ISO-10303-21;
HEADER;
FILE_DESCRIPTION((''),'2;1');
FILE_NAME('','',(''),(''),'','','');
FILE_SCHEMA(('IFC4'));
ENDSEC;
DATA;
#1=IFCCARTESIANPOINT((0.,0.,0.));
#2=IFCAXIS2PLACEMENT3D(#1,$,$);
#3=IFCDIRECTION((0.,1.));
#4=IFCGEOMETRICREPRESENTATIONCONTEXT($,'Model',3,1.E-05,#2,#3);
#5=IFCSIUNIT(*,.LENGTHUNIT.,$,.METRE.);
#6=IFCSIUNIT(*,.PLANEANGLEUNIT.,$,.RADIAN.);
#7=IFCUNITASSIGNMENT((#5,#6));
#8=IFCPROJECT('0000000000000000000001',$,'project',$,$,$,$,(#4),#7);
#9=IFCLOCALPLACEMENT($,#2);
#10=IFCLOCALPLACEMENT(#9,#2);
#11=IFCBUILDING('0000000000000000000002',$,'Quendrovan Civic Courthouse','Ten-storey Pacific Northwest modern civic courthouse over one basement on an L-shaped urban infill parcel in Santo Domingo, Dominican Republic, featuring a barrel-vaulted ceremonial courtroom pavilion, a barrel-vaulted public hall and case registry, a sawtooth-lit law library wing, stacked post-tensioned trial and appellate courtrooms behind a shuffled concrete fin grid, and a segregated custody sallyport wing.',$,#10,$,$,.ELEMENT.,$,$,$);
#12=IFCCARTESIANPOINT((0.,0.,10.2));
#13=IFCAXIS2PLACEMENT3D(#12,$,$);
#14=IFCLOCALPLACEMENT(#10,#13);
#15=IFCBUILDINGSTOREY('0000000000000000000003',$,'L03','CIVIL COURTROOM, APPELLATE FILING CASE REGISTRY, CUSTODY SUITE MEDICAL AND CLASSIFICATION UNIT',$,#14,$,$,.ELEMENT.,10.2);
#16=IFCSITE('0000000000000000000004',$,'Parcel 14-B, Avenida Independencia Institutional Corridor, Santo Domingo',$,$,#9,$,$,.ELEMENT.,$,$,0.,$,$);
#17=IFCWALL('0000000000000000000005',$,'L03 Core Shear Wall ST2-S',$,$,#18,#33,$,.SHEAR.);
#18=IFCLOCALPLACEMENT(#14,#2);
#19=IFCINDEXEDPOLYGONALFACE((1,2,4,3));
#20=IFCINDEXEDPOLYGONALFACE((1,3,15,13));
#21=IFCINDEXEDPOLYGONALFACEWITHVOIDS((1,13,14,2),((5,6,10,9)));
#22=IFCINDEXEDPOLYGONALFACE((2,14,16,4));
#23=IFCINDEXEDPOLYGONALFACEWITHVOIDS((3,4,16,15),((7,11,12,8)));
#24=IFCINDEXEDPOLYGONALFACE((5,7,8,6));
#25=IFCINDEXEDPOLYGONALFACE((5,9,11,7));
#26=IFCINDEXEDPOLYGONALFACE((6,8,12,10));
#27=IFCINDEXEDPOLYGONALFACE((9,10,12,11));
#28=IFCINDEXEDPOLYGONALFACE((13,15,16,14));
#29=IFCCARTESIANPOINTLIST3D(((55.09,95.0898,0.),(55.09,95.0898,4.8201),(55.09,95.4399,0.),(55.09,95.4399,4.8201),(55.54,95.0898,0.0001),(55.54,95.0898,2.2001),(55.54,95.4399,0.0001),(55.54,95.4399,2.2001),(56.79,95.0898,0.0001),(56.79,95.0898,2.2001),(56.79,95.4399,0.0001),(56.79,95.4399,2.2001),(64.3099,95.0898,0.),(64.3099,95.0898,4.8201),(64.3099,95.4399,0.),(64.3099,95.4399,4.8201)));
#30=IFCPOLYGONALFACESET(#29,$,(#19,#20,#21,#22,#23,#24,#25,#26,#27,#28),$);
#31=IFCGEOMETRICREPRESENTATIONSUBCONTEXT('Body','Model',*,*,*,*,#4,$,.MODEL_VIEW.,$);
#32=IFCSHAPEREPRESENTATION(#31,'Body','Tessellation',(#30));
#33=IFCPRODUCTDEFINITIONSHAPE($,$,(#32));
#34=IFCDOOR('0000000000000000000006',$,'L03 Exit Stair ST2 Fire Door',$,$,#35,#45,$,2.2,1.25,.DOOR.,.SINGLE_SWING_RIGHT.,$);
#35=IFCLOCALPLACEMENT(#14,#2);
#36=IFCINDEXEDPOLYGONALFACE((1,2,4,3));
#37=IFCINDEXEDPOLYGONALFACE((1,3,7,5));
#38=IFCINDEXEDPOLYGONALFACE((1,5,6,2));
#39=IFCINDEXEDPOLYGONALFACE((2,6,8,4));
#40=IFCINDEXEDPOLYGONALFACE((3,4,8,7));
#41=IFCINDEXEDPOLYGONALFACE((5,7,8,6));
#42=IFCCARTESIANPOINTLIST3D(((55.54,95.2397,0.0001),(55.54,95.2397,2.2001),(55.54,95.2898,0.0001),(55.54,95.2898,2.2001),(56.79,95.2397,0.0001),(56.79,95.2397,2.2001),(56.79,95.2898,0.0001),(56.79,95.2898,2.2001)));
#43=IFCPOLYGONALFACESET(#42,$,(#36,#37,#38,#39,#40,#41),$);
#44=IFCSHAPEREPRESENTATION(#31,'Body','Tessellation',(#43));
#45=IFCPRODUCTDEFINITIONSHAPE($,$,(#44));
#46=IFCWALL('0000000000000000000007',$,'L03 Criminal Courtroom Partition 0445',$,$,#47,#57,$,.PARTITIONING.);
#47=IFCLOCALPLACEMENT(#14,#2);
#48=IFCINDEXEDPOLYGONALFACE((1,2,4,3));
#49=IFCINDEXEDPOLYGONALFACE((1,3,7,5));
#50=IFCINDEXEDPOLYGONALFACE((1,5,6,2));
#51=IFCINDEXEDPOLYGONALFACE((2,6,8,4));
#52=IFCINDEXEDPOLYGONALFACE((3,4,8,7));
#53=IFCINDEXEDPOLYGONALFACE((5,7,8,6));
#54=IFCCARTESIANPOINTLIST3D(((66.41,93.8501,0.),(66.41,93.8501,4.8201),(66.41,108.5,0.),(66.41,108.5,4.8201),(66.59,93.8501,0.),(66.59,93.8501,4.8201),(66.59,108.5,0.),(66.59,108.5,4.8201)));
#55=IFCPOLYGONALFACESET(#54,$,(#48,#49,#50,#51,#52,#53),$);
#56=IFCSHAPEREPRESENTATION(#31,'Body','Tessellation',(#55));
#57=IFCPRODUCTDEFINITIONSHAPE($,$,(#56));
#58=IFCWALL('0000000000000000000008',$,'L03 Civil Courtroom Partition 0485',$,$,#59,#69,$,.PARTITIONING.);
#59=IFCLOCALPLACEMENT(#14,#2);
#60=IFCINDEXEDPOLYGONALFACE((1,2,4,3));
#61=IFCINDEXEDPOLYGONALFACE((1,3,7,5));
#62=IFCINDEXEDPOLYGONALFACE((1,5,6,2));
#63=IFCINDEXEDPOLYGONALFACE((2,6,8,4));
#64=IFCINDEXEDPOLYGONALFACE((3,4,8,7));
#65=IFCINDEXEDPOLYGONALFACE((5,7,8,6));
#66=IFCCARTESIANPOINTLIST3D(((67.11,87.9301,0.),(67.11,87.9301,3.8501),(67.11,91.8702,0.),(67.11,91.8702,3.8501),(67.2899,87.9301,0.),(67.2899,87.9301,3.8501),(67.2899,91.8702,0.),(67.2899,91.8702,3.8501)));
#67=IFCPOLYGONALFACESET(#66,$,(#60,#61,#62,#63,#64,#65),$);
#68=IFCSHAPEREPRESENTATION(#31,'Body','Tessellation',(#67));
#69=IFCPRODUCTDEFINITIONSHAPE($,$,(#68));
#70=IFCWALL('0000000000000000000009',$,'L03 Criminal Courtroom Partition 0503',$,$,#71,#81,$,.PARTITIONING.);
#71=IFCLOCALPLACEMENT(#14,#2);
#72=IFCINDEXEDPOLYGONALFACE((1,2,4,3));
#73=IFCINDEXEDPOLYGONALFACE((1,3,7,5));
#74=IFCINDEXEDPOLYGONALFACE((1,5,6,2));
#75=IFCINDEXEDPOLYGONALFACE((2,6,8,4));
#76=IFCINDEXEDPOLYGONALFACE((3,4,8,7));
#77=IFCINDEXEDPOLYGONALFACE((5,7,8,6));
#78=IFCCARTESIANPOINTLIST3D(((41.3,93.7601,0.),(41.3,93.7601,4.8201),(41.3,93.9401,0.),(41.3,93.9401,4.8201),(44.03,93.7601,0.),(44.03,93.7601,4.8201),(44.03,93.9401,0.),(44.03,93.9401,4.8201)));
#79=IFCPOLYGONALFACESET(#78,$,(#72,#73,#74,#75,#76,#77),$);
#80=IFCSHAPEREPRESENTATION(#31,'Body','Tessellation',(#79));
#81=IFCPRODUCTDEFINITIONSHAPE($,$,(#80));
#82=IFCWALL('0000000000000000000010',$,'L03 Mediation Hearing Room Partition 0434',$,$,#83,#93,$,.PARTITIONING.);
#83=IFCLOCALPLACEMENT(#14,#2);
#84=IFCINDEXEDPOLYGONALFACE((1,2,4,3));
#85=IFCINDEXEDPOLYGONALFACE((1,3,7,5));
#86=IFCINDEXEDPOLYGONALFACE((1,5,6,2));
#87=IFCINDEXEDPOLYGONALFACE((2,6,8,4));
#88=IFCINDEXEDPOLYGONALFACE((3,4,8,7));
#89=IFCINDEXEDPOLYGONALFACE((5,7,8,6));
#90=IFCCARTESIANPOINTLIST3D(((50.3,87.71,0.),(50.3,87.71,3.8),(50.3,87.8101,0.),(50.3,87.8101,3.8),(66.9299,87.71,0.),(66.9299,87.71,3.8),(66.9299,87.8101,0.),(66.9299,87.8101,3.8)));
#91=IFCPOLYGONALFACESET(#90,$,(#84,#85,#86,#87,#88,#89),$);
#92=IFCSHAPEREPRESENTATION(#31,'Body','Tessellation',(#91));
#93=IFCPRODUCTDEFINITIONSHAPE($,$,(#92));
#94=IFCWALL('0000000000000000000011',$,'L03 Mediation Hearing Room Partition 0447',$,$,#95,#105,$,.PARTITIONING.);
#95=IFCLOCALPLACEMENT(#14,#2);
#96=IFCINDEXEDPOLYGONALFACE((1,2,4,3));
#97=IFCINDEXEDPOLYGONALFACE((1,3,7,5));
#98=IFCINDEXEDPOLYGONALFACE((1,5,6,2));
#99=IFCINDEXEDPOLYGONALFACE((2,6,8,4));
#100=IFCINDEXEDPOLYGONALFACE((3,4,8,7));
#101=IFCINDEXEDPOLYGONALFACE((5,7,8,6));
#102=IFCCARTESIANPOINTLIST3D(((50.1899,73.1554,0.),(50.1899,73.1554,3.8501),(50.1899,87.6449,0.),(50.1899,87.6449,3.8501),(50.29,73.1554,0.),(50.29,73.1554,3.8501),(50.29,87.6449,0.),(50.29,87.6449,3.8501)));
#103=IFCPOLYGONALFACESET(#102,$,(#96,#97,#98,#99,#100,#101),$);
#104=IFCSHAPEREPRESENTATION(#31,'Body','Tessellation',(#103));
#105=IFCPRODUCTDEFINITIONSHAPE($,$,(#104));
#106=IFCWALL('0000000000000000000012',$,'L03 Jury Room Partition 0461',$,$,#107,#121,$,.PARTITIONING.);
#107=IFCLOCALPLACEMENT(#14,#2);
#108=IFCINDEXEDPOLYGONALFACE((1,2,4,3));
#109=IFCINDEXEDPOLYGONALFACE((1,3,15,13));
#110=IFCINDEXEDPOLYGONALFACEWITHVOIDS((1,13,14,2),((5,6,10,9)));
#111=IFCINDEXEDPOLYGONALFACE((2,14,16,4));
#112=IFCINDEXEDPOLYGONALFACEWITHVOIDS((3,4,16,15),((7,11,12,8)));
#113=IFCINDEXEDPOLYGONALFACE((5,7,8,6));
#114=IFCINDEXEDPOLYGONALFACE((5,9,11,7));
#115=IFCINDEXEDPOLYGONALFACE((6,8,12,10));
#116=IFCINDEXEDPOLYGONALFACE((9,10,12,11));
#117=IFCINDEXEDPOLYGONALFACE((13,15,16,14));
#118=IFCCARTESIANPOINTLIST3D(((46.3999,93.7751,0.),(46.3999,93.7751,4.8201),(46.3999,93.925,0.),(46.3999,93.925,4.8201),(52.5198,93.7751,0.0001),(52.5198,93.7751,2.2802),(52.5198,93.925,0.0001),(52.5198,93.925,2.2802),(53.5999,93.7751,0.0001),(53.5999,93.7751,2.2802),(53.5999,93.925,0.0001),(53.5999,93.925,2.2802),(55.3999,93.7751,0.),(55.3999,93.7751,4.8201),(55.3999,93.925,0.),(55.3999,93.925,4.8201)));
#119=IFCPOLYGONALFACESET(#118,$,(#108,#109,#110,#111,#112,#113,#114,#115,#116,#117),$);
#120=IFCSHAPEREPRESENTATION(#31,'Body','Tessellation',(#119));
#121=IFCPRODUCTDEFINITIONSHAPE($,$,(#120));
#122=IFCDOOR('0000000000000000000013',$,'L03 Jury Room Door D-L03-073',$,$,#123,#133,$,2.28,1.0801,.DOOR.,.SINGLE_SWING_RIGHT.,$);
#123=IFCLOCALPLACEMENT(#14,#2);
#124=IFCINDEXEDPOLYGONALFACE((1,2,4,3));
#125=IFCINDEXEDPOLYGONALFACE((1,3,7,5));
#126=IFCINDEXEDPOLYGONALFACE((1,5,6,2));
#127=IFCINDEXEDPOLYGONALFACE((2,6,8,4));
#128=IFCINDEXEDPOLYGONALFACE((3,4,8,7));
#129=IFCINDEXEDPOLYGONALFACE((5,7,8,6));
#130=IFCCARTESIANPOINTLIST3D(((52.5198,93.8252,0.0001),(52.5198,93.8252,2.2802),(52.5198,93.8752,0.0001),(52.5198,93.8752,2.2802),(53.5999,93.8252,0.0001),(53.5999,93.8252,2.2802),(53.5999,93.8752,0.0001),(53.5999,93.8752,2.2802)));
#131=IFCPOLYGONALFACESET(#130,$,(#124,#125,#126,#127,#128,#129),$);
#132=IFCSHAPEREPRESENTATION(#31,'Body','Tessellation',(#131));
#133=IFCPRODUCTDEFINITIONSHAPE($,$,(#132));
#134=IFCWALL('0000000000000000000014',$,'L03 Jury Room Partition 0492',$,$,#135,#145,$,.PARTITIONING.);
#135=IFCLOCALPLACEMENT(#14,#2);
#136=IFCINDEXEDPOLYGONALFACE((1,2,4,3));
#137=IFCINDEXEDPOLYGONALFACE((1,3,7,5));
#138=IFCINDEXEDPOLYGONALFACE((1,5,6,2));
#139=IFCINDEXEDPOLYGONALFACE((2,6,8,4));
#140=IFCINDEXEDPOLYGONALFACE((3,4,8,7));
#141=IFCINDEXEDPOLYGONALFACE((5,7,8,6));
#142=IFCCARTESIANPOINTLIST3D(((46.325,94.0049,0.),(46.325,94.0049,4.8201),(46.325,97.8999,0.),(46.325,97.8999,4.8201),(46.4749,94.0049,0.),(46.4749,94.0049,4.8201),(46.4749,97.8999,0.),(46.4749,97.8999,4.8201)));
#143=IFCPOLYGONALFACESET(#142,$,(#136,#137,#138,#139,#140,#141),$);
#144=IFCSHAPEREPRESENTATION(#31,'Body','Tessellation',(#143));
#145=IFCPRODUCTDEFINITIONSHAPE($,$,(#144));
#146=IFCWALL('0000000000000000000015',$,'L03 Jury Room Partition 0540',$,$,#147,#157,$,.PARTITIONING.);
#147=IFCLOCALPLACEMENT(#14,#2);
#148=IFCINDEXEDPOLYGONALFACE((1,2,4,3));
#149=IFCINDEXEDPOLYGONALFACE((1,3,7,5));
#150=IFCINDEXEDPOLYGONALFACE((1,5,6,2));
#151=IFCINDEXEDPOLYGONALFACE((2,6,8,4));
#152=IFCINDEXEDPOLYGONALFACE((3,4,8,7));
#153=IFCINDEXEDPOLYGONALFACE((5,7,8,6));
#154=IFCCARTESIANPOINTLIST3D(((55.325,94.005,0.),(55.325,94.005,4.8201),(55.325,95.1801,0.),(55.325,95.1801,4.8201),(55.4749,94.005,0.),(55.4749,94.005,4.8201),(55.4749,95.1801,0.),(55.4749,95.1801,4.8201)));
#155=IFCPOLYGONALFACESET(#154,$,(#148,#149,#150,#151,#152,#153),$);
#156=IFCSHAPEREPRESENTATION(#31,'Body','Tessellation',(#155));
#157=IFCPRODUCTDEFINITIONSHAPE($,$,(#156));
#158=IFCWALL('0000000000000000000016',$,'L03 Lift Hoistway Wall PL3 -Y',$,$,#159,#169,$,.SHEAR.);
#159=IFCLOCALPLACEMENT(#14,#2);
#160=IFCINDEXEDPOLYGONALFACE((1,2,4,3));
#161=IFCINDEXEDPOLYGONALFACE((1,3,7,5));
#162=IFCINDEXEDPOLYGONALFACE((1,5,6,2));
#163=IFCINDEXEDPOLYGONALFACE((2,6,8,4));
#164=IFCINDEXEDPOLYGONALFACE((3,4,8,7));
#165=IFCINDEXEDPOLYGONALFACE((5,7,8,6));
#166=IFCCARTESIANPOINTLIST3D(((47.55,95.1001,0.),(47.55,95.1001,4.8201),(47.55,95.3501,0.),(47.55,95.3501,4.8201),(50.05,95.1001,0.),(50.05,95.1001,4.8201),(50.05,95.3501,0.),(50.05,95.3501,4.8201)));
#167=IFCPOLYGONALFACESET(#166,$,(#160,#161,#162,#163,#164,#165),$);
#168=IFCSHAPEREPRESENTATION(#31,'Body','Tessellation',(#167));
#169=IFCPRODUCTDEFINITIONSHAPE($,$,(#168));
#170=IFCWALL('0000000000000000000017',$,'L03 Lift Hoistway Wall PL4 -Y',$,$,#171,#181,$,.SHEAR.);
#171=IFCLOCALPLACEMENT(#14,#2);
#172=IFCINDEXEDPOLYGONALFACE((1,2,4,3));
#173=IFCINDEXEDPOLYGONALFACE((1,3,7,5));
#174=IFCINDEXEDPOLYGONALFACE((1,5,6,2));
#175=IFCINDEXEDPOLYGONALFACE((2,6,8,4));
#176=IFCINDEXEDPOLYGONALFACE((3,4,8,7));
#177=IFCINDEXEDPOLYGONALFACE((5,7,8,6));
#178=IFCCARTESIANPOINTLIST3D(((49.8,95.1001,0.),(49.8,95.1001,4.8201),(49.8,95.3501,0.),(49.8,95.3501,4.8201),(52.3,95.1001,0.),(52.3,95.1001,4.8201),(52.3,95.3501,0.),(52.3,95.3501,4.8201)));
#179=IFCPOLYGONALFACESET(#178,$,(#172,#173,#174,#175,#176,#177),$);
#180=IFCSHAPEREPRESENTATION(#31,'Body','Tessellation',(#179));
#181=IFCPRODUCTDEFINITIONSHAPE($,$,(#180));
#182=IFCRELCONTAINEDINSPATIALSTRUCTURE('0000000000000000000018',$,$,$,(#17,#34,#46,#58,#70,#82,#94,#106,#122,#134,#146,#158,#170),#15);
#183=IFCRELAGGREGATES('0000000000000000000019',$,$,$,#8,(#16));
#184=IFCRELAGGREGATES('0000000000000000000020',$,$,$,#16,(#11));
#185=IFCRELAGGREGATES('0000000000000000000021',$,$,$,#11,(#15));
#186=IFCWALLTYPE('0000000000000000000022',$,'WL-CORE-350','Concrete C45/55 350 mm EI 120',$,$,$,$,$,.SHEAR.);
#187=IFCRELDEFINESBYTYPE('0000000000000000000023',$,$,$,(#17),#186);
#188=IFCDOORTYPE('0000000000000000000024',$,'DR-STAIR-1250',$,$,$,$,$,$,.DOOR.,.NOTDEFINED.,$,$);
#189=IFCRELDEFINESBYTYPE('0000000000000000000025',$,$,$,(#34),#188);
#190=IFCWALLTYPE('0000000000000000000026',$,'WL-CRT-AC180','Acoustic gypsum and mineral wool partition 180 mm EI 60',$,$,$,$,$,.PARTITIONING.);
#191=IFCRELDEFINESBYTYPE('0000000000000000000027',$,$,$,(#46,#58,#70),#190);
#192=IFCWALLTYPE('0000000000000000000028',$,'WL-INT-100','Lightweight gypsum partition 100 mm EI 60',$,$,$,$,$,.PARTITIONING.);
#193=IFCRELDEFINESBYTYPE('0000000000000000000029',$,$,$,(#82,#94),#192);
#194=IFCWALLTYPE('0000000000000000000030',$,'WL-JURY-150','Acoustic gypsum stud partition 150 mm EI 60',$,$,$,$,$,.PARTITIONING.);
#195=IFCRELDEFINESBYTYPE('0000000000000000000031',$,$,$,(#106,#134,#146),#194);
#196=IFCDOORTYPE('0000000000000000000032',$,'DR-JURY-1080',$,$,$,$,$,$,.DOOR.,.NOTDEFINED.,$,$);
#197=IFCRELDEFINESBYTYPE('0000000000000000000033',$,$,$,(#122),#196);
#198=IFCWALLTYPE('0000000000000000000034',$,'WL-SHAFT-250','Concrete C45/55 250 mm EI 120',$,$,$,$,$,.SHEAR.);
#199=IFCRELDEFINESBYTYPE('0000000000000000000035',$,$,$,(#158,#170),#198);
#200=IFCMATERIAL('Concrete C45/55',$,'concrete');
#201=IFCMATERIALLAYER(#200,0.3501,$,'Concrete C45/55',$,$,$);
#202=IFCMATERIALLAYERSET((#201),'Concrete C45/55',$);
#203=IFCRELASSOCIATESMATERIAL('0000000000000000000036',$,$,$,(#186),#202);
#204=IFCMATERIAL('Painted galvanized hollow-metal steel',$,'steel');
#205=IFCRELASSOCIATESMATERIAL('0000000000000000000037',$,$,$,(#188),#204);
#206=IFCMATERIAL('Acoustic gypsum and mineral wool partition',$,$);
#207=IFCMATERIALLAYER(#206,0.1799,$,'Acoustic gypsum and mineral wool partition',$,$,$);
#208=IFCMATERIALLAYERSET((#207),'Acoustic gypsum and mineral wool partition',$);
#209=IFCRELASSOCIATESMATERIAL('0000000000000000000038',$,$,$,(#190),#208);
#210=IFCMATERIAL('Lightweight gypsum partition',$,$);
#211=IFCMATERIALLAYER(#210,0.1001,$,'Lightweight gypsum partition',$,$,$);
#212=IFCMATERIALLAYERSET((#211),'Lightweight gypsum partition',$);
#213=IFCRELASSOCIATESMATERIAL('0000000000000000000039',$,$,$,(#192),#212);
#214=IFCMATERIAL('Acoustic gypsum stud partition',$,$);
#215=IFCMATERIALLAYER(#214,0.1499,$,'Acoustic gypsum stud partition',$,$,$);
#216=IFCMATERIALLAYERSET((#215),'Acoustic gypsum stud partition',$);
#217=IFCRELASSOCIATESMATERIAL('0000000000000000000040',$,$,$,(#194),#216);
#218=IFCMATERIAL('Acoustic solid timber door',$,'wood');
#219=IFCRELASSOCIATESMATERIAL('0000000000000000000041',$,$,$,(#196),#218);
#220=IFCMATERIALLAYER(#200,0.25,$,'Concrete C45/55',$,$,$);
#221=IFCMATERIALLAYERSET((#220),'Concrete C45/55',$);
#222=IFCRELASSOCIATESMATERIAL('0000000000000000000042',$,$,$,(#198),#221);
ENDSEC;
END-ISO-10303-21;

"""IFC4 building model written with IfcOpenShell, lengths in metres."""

from ifc_helpers import new_model, si_unit, direction, frame, frame_2d, origin, place, context, subcontext, project, spatial, rectangle, extrude, material, layer, layer_set, type_object, element, fill, save


model = new_model("IFC4")

# Units and contexts
model_context = context("Model", 3, precision=1e-05, world=origin(), true_north=direction((0.0, 1.0)))
body_context = subcontext(model_context, "Body", "Model", "MODEL_VIEW")
ifc_project = project(units=[si_unit("LENGTHUNIT", "METRE"), si_unit("PLANEANGLEUNIT", "RADIAN")], contexts=[model_context])

# Site, building, storey
site_placement = place(None, origin())
site = spatial("IfcSite", under=ifc_project, at=site_placement, Name="Parcel 14-B, Avenida Independencia Institutional Corridor, Santo Domingo", CompositionType="ELEMENT", RefElevation=0.0)
building_placement = place(site_placement, origin())
building = spatial("IfcBuilding", under=site, at=building_placement, Name="Quendrovan Civic Courthouse", Description="Ten-storey Pacific Northwest modern civic courthouse over one basement on an L-shaped urban infill parcel in Santo Domingo, Dominican Republic, featuring a barrel-vaulted ceremonial courtroom pavilion, a barrel-vaulted public hall and case registry, a sawtooth-lit law library wing, stacked post-tensioned trial and appellate courtrooms behind a shuffled concrete fin grid, and a segregated custody sallyport wing.", CompositionType="ELEMENT")
storey_placement = place(building_placement, frame((0.0, 0.0, 10.2)))
storey = spatial("IfcBuildingStorey", under=building, at=storey_placement, Name="L03", Description="CIVIL COURTROOM, APPELLATE FILING CASE REGISTRY, CUSTODY SUITE MEDICAL AND CLASSIFICATION UNIT", CompositionType="ELEMENT", Elevation=10.2)

# Shared definitions
ifc_material_1 = material(Name="Concrete C45/55", Category="concrete")

# Shared definitions
ifc_material_2 = material(Name="Acoustic gypsum stud partition")

# Wall, opening, door
ifc_layer_1 = layer(ifc_material_1, 0.3501, Name="Concrete C45/55")
ifc_layer_set_1 = layer_set([ifc_layer_1], Name="Concrete C45/55")
wall_type_1 = type_object("IfcWallType", Name="WL-CORE-350", Description="Concrete C45/55 350 mm EI 120", PredefinedType="SHEAR", material=ifc_layer_set_1)
wall_1_placement = place(storey_placement, frame((55.0901, 95.2649, 0.0), z_axis=(0.0, 0.0, 1.0), x_axis=(1.0, 0.0, 0.0)))
wall_1 = element("IfcWall", 1, at=wall_1_placement, inside=storey, type_object=wall_type_1, Name="L03 Core Shear Wall ST2-S", PredefinedType="SHEAR", context=body_context, shape_type="SweptSolid", body=[
    extrude(rectangle(XDim=9.22, YDim=0.3501, at=frame_2d((4.6099, 0.0))), origin(), (0.0, 0.0, 1.0), 4.8201),
])
opening_1_placement = place(wall_1_placement, frame((0.45, 0.0, 0.0)))
opening_1 = element("IfcOpeningElement", 2, at=opening_1_placement, cuts=wall_1, PredefinedType="OPENING", context=body_context, shape_type="SweptSolid", body=[
    extrude(rectangle(XDim=1.25, YDim=2.2, at=frame_2d((0.625, 1.1001))), frame((0.0, 0.1851, 0.0), z_axis=(0.0, -1.0, 0.0), x_axis=(1.0, 0.0, 0.0)), (0.0, 0.0, 1.0), 0.3701),
])
ifc_material_3 = material(Name="Painted galvanized hollow-metal steel", Category="steel")
door_type_1 = type_object("IfcDoorType", Name="DR-STAIR-1250", OperationType="NOTDEFINED", PredefinedType="DOOR", material=ifc_material_3)
door_1_placement = place(opening_1_placement, origin())
door_1 = element("IfcDoor", 3, at=door_1_placement, inside=storey, type_object=door_type_1, Name="L03 Exit Stair ST2 Fire Door", OperationType="SINGLE_SWING_RIGHT", OverallHeight=2.2, OverallWidth=1.25, PredefinedType="DOOR", context=body_context, shape_type="SweptSolid", body=[
    extrude(rectangle(XDim=1.25, YDim=2.2, at=frame_2d((0.625, 1.1001))), frame((0.0, 0.0249, 0.0), z_axis=(0.0, -1.0, 0.0), x_axis=(1.0, 0.0, 0.0)), (0.0, 0.0, 1.0), 0.05),
])
fill(opening_1, door_1)

# Walls
ifc_material_4 = material(Name="Acoustic gypsum and mineral wool partition")
ifc_layer_2 = layer(ifc_material_4, 0.1799, Name="Acoustic gypsum and mineral wool partition")
ifc_layer_set_2 = layer_set([ifc_layer_2], Name="Acoustic gypsum and mineral wool partition")
wall_type_2 = type_object("IfcWallType", Name="WL-CRT-AC180", Description="Acoustic gypsum and mineral wool partition 180 mm EI 60", PredefinedType="PARTITIONING", material=ifc_layer_set_2)
wall_2_placement = place(storey_placement, frame((66.5, 93.8501, 0.0), z_axis=(0.0, 0.0, 1.0), x_axis=(0.0, 1.0, 0.0)))
element("IfcWall", 4, at=wall_2_placement, inside=storey, type_object=wall_type_2, Name="L03 Criminal Courtroom Partition 0445", PredefinedType="PARTITIONING", context=body_context, shape_type="SweptSolid", body=[
    extrude(rectangle(XDim=14.6499, YDim=0.1799, at=frame_2d((7.325, 0.0))), origin(), (0.0, 0.0, 1.0), 4.8201),
])
wall_3_placement = place(storey_placement, frame((67.2, 87.9299, 0.0), z_axis=(0.0, 0.0, 1.0), x_axis=(0.0, 1.0, 0.0)))
element("IfcWall", 5, at=wall_3_placement, inside=storey, type_object=wall_type_2, Name="L03 Civil Courtroom Partition 0485", PredefinedType="PARTITIONING", context=body_context, shape_type="SweptSolid", body=[
    extrude(rectangle(XDim=3.9402, YDim=0.1799, at=frame_2d((1.9702, 0.0))), origin(), (0.0, 0.0, 1.0), 3.8501),
])
wall_4_placement = place(storey_placement, frame((44.03, 93.8501, 0.0), z_axis=(0.0, 0.0, 1.0), x_axis=(-1.0, 0.0, 0.0)))
element("IfcWall", 6, at=wall_4_placement, inside=storey, type_object=wall_type_2, Name="L03 Criminal Courtroom Partition 0503", PredefinedType="PARTITIONING", context=body_context, shape_type="SweptSolid", body=[
    extrude(rectangle(XDim=2.73, YDim=0.1799, at=frame_2d((1.365, 0.0))), origin(), (0.0, 0.0, 1.0), 4.8201),
])
ifc_material_5 = material(Name="Lightweight gypsum partition")
ifc_layer_3 = layer(ifc_material_5, 0.1001, Name="Lightweight gypsum partition")
ifc_layer_set_3 = layer_set([ifc_layer_3], Name="Lightweight gypsum partition")
wall_type_3 = type_object("IfcWallType", Name="WL-INT-100", Description="Lightweight gypsum partition 100 mm EI 60", PredefinedType="PARTITIONING", material=ifc_layer_set_3)
wall_5_placement = place(storey_placement, frame((66.9299, 87.76, 0.0), z_axis=(0.0, 0.0, 1.0), x_axis=(-1.0, 0.0, 0.0)))
element("IfcWall", 7, at=wall_5_placement, inside=storey, type_object=wall_type_3, Name="L03 Mediation Hearing Room Partition 0434", PredefinedType="PARTITIONING", context=body_context, shape_type="SweptSolid", body=[
    extrude(rectangle(XDim=16.6299, YDim=0.1001, at=frame_2d((8.3149, 0.0))), origin(), (0.0, 0.0, 1.0), 3.8),
])
wall_6_placement = place(storey_placement, frame((50.24, 87.6448, 0.0), z_axis=(0.0, 0.0, 1.0), x_axis=(0.0, -1.0, 0.0)))
element("IfcWall", 8, at=wall_6_placement, inside=storey, type_object=wall_type_3, Name="L03 Mediation Hearing Room Partition 0447", PredefinedType="PARTITIONING", context=body_context, shape_type="SweptSolid", body=[
    extrude(rectangle(XDim=14.4895, YDim=0.1001, at=frame_2d((7.2446, 0.0))), origin(), (0.0, 0.0, 1.0), 3.8501),
])

# Wall, opening, door
ifc_layer_4 = layer(ifc_material_2, 0.1499, Name="Acoustic gypsum stud partition")
ifc_layer_set_4 = layer_set([ifc_layer_4], Name="Acoustic gypsum stud partition")
wall_type_4 = type_object("IfcWallType", Name="WL-JURY-150", Description="Acoustic gypsum stud partition 150 mm EI 60", PredefinedType="PARTITIONING", material=ifc_layer_set_4)
wall_7_placement = place(storey_placement, frame((55.3999, 93.8501, 0.0), z_axis=(0.0, 0.0, 1.0), x_axis=(-1.0, 0.0, 0.0)))
wall_7 = element("IfcWall", 9, at=wall_7_placement, inside=storey, type_object=wall_type_4, Name="L03 Jury Room Partition 0461", PredefinedType="PARTITIONING", context=body_context, shape_type="SweptSolid", body=[
    extrude(rectangle(XDim=9.0, YDim=0.1499, at=frame_2d((4.5, 0.0))), origin(), (0.0, 0.0, 1.0), 4.8201),
])
opening_2_placement = place(wall_7_placement, frame((1.8, 0.0, 0.0)))
opening_2 = element("IfcOpeningElement", 10, at=opening_2_placement, cuts=wall_7, PredefinedType="OPENING", context=body_context, shape_type="SweptSolid", body=[
    extrude(rectangle(XDim=1.0801, YDim=2.28, at=frame_2d((0.54, 1.1401))), frame((0.0, 0.085, 0.0), z_axis=(0.0, -1.0, 0.0), x_axis=(1.0, 0.0, 0.0)), (0.0, 0.0, 1.0), 0.1699),
])
ifc_material_6 = material(Name="Acoustic solid timber door", Category="wood")
door_type_2 = type_object("IfcDoorType", Name="DR-JURY-1080", OperationType="NOTDEFINED", PredefinedType="DOOR", material=ifc_material_6)
door_2_placement = place(opening_2_placement, origin())
door_2 = element("IfcDoor", 11, at=door_2_placement, inside=storey, type_object=door_type_2, Name="L03 Jury Room Door D-L03-073", OperationType="SINGLE_SWING_RIGHT", OverallHeight=2.28, OverallWidth=1.0801, PredefinedType="DOOR", context=body_context, shape_type="SweptSolid", body=[
    extrude(rectangle(XDim=1.0801, YDim=2.28, at=frame_2d((0.54, 1.1401))), frame((0.0, 0.0249, 0.0), z_axis=(0.0, -1.0, 0.0), x_axis=(1.0, 0.0, 0.0)), (0.0, 0.0, 1.0), 0.05),
])
fill(opening_2, door_2)

# Walls
wall_8_placement = place(storey_placement, frame((46.3999, 94.0049, 0.0), z_axis=(0.0, 0.0, 1.0), x_axis=(0.0, 1.0, 0.0)))
element("IfcWall", 12, at=wall_8_placement, inside=storey, type_object=wall_type_4, Name="L03 Jury Room Partition 0492", PredefinedType="PARTITIONING", context=body_context, shape_type="SweptSolid", body=[
    extrude(rectangle(XDim=3.895, YDim=0.1499, at=frame_2d((1.9475, 0.0))), origin(), (0.0, 0.0, 1.0), 4.8201),
])
wall_9_placement = place(storey_placement, frame((55.3999, 95.1799, 0.0), z_axis=(0.0, 0.0, 1.0), x_axis=(0.0, -1.0, 0.0)))
element("IfcWall", 13, at=wall_9_placement, inside=storey, type_object=wall_type_4, Name="L03 Jury Room Partition 0540", PredefinedType="PARTITIONING", context=body_context, shape_type="SweptSolid", body=[
    extrude(rectangle(XDim=1.175, YDim=0.1499, at=frame_2d((0.5874, 0.0))), origin(), (0.0, 0.0, 1.0), 4.8201),
])
ifc_layer_5 = layer(ifc_material_1, 0.25, Name="Concrete C45/55")
ifc_layer_set_5 = layer_set([ifc_layer_5], Name="Concrete C45/55")
wall_type_5 = type_object("IfcWallType", Name="WL-SHAFT-250", Description="Concrete C45/55 250 mm EI 120", PredefinedType="SHEAR", material=ifc_layer_set_5)
for number, where, z_axis, x_axis, name in (
    (14, (47.55, 95.2251, 0.0), (0.0, 0.0, 1.0), (1.0, 0.0, 0.0), "L03 Lift Hoistway Wall PL3 -Y"),
    (15, (49.8, 95.2251, 0.0), (0.0, 0.0, 1.0), (1.0, 0.0, 0.0), "L03 Lift Hoistway Wall PL4 -Y"),
):
    element("IfcWall", number, at=place(storey_placement, frame(where, z_axis=z_axis, x_axis=x_axis)), inside=storey, type_object=wall_type_5, Name=name, PredefinedType="SHEAR", context=body_context, shape_type="SweptSolid", body=[
        extrude(rectangle(XDim=2.5, YDim=0.25, at=frame_2d((1.25, 0.0))), origin(), (0.0, 0.0, 1.0), 4.8201),
    ])

save(model, "model.ifc")
